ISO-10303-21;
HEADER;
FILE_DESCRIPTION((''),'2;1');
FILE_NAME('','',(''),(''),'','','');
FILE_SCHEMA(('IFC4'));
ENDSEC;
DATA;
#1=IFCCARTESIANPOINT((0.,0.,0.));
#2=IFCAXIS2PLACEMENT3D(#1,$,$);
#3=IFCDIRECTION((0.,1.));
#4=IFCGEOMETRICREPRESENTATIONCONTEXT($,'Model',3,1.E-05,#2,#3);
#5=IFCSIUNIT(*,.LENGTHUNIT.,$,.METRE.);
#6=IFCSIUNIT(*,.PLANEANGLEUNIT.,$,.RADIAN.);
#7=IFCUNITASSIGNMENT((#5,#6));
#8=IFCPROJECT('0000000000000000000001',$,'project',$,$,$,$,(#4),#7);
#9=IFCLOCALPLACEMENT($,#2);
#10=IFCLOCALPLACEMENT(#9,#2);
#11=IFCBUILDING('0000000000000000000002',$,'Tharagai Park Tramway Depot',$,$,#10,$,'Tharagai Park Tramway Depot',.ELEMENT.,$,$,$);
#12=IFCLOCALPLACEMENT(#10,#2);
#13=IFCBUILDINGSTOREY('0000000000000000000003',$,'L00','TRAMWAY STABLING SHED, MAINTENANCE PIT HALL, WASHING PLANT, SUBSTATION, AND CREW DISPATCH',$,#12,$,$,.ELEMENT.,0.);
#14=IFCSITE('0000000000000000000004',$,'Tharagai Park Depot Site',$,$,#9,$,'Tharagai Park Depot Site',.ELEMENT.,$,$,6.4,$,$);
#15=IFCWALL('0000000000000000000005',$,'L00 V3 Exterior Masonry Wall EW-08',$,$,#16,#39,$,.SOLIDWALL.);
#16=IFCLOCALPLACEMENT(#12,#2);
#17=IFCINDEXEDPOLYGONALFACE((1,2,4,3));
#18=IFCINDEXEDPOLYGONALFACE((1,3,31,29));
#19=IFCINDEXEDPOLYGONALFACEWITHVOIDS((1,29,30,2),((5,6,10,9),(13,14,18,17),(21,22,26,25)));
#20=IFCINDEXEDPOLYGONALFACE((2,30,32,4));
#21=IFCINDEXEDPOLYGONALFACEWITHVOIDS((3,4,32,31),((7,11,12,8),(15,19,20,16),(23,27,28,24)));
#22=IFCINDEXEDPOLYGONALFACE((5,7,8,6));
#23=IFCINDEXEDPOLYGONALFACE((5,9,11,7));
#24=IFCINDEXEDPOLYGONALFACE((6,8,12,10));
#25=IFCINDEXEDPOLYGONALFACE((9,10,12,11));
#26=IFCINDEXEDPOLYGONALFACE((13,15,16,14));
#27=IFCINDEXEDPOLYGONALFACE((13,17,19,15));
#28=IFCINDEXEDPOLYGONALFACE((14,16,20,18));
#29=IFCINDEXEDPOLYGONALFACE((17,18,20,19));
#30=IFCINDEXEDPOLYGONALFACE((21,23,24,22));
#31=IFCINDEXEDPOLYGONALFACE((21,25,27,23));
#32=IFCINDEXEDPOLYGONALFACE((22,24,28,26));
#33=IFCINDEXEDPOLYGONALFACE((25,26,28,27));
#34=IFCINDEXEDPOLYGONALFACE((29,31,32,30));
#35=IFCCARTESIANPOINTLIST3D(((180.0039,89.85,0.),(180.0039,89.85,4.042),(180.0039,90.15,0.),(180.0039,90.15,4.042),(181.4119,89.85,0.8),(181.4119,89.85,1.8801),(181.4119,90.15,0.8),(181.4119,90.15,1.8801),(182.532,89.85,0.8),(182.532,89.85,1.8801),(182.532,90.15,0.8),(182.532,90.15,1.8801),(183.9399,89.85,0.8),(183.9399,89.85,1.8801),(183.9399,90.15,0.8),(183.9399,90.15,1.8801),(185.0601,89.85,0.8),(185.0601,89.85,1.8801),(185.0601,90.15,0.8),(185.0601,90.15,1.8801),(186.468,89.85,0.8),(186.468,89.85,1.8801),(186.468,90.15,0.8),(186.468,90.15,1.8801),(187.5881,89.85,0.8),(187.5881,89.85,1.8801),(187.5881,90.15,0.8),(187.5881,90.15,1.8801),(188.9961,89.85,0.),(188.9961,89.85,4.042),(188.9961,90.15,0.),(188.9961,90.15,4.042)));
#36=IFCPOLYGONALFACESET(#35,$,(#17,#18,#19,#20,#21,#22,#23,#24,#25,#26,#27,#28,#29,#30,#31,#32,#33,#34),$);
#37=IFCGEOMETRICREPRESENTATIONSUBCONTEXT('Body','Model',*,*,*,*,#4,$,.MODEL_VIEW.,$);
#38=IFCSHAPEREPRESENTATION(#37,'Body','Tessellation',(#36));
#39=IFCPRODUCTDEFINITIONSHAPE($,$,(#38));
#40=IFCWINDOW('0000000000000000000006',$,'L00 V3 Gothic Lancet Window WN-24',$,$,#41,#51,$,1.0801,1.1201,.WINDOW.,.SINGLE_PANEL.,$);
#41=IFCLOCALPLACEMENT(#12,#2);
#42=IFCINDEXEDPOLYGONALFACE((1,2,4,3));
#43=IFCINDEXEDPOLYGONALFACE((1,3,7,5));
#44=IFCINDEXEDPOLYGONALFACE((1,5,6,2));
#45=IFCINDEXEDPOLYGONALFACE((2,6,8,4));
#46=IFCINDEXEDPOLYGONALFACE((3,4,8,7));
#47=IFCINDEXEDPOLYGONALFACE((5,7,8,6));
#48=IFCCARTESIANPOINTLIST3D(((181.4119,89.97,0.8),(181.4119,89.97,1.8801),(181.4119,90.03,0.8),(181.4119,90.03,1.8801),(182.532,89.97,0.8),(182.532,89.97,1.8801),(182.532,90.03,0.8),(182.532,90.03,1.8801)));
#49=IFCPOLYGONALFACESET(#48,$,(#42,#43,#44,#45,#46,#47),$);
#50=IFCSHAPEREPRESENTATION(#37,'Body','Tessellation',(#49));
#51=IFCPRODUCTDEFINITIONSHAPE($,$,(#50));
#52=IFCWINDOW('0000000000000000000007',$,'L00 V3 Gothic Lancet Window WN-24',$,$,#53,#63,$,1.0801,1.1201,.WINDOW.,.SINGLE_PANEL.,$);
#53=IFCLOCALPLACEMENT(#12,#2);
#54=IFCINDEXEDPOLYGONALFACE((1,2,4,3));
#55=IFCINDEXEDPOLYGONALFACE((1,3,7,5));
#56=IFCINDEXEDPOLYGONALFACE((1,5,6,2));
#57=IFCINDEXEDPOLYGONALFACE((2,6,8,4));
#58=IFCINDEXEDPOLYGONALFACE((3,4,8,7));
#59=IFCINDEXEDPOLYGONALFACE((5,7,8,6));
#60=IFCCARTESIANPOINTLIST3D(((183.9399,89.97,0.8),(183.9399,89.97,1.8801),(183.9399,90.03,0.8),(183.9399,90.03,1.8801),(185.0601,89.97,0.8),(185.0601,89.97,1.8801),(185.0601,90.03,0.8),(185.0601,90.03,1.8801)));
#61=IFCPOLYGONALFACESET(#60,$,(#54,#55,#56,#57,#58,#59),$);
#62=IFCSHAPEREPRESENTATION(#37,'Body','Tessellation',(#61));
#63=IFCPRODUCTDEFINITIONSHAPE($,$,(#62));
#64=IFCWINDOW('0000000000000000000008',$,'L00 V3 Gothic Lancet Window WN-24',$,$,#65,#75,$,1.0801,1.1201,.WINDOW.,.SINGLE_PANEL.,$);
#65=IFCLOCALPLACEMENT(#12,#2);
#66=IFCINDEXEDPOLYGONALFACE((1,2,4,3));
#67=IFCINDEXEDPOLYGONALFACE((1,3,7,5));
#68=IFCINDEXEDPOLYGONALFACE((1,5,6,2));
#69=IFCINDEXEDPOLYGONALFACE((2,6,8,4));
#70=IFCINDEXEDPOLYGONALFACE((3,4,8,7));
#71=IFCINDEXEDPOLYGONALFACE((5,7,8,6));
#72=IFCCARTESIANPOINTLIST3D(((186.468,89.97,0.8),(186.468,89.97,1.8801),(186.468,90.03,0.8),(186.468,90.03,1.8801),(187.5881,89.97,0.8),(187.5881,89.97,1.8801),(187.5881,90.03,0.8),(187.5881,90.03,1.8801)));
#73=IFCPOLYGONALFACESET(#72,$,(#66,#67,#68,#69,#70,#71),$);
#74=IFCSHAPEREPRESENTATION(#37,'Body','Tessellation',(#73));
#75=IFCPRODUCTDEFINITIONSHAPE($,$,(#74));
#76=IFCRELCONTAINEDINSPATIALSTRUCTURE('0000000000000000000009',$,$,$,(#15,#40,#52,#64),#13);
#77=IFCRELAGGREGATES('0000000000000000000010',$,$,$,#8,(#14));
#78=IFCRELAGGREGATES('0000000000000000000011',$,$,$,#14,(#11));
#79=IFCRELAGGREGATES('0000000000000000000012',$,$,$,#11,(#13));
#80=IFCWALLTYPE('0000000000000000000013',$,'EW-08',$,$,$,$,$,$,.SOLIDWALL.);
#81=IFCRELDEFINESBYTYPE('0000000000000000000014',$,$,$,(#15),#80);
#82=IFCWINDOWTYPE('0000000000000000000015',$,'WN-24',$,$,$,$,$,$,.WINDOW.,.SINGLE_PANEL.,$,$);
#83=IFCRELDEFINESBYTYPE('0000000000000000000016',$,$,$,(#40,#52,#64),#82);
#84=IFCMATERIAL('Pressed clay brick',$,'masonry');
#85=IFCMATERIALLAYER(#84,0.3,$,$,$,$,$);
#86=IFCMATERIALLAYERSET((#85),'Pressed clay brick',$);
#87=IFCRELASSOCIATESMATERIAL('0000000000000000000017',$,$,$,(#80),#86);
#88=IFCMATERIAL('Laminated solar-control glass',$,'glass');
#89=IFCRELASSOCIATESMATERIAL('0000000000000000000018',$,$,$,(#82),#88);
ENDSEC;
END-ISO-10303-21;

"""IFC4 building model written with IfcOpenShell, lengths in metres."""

from ifc_helpers import new_model, si_unit, direction, frame, frame_2d, origin, place, context, subcontext, project, spatial, rectangle, extrude, material, layer, layer_set, type_object, element, fill, save


model = new_model("IFC4")

# Units and contexts
model_context = context("Model", 3, precision=1e-05, world=origin(), true_north=direction((0.0, 1.0)))
body_context = subcontext(model_context, "Body", "Model", "MODEL_VIEW")
ifc_project = project(units=[si_unit("LENGTHUNIT", "METRE"), si_unit("PLANEANGLEUNIT", "RADIAN")], contexts=[model_context])

# Site, building, storey
site_placement = place(None, origin())
site = spatial("IfcSite", under=ifc_project, at=site_placement, Name="Tharagai Park Depot Site", LongName="Tharagai Park Depot Site", CompositionType="ELEMENT", RefElevation=6.4)
building_placement = place(site_placement, origin())
building = spatial("IfcBuilding", under=site, at=building_placement, Name="Tharagai Park Tramway Depot", LongName="Tharagai Park Tramway Depot", CompositionType="ELEMENT")
storey_placement = place(building_placement, origin())
storey = spatial("IfcBuildingStorey", under=building, at=storey_placement, Name="L00", Description="TRAMWAY STABLING SHED, MAINTENANCE PIT HALL, WASHING PLANT, SUBSTATION, AND CREW DISPATCH", CompositionType="ELEMENT", Elevation=0.0)

# Wall, openings, windows
ifc_material_1 = material(Name="Laminated solar-control glass", Category="glass")
ifc_material_2 = material(Name="Pressed clay brick", Category="masonry")
ifc_layer_1 = layer(ifc_material_2, 0.3)
ifc_layer_set_1 = layer_set([ifc_layer_1], Name="Pressed clay brick")
wall_type_1 = type_object("IfcWallType", Name="EW-08", PredefinedType="SOLIDWALL", material=ifc_layer_set_1)
wall_1_placement = place(storey_placement, frame((180.0039, 90.0, 0.0), z_axis=(0.0, 0.0, 1.0), x_axis=(1.0, 0.0, 0.0)))
wall_1 = element("IfcWall", 1, at=wall_1_placement, inside=storey, type_object=wall_type_1, Name="L00 V3 Exterior Masonry Wall EW-08", PredefinedType="SOLIDWALL", context=body_context, shape_type="SweptSolid", body=[
    extrude(rectangle(XDim=8.9922, YDim=0.3, at=frame_2d((4.4961, 0.0))), origin(), (0.0, 0.0, 1.0), 4.042),
])
opening_1_placement = place(wall_1_placement, frame((1.408, 0.0, 0.8)))
opening_1 = element("IfcOpeningElement", 2, at=opening_1_placement, cuts=wall_1, PredefinedType="OPENING", context=body_context, shape_type="SweptSolid", body=[
    extrude(rectangle(XDim=1.1201, YDim=1.0801, at=frame_2d((0.5601, 0.54))), frame((0.0, 0.1599, 0.0), z_axis=(0.0, -1.0, 0.0), x_axis=(1.0, 0.0, 0.0)), (0.0, 0.0, 1.0), 0.3201),
])
opening_2_placement = place(wall_1_placement, frame((3.936, 0.0, 0.8)))
opening_2 = element("IfcOpeningElement", 3, at=opening_2_placement, cuts=wall_1, PredefinedType="OPENING", context=body_context, shape_type="SweptSolid", body=[
    extrude(rectangle(XDim=1.1201, YDim=1.0801, at=frame_2d((0.5601, 0.54))), frame((0.0, 0.1599, 0.0), z_axis=(0.0, -1.0, 0.0), x_axis=(1.0, 0.0, 0.0)), (0.0, 0.0, 1.0), 0.3201),
])
opening_3_placement = place(wall_1_placement, frame((6.4641, 0.0, 0.8)))
opening_3 = element("IfcOpeningElement", 4, at=opening_3_placement, cuts=wall_1, PredefinedType="OPENING", context=body_context, shape_type="SweptSolid", body=[
    extrude(rectangle(XDim=1.1201, YDim=1.0801, at=frame_2d((0.5601, 0.54))), frame((0.0, 0.1599, 0.0), z_axis=(0.0, -1.0, 0.0), x_axis=(1.0, 0.0, 0.0)), (0.0, 0.0, 1.0), 0.3201),
])
window_type_1 = type_object("IfcWindowType", Name="WN-24", PartitioningType="SINGLE_PANEL", PredefinedType="WINDOW", material=ifc_material_1)
window_1_placement = place(opening_1_placement, origin())
window_1 = element("IfcWindow", 5, at=window_1_placement, inside=storey, type_object=window_type_1, Name="L00 V3 Gothic Lancet Window WN-24", OverallHeight=1.0801, OverallWidth=1.1201, PartitioningType="SINGLE_PANEL", PredefinedType="WINDOW", context=body_context, shape_type="SweptSolid", body=[
    extrude(rectangle(XDim=1.1201, YDim=1.0801, at=frame_2d((0.5601, 0.54))), frame((0.0, 0.03, 0.0), z_axis=(0.0, -1.0, 0.0), x_axis=(1.0, 0.0, 0.0)), (0.0, 0.0, 1.0), 0.0601),
])
fill(opening_1, window_1)
window_2_placement = place(opening_2_placement, origin())
window_2 = element("IfcWindow", 6, at=window_2_placement, inside=storey, type_object=window_type_1, Name="L00 V3 Gothic Lancet Window WN-24", OverallHeight=1.0801, OverallWidth=1.1201, PartitioningType="SINGLE_PANEL", PredefinedType="WINDOW", context=body_context, shape_type="SweptSolid", body=[
    extrude(rectangle(XDim=1.1201, YDim=1.0801, at=frame_2d((0.5601, 0.54))), frame((0.0, 0.03, 0.0), z_axis=(0.0, -1.0, 0.0), x_axis=(1.0, 0.0, 0.0)), (0.0, 0.0, 1.0), 0.0601),
])
fill(opening_2, window_2)
window_3_placement = place(opening_3_placement, origin())
window_3 = element("IfcWindow", 7, at=window_3_placement, inside=storey, type_object=window_type_1, Name="L00 V3 Gothic Lancet Window WN-24", OverallHeight=1.0801, OverallWidth=1.1201, PartitioningType="SINGLE_PANEL", PredefinedType="WINDOW", context=body_context, shape_type="SweptSolid", body=[
    extrude(rectangle(XDim=1.1201, YDim=1.0801, at=frame_2d((0.5601, 0.54))), frame((0.0, 0.03, 0.0), z_axis=(0.0, -1.0, 0.0), x_axis=(1.0, 0.0, 0.0)), (0.0, 0.0, 1.0), 0.0601),
])
fill(opening_3, window_3)

save(model, "model.ifc")
